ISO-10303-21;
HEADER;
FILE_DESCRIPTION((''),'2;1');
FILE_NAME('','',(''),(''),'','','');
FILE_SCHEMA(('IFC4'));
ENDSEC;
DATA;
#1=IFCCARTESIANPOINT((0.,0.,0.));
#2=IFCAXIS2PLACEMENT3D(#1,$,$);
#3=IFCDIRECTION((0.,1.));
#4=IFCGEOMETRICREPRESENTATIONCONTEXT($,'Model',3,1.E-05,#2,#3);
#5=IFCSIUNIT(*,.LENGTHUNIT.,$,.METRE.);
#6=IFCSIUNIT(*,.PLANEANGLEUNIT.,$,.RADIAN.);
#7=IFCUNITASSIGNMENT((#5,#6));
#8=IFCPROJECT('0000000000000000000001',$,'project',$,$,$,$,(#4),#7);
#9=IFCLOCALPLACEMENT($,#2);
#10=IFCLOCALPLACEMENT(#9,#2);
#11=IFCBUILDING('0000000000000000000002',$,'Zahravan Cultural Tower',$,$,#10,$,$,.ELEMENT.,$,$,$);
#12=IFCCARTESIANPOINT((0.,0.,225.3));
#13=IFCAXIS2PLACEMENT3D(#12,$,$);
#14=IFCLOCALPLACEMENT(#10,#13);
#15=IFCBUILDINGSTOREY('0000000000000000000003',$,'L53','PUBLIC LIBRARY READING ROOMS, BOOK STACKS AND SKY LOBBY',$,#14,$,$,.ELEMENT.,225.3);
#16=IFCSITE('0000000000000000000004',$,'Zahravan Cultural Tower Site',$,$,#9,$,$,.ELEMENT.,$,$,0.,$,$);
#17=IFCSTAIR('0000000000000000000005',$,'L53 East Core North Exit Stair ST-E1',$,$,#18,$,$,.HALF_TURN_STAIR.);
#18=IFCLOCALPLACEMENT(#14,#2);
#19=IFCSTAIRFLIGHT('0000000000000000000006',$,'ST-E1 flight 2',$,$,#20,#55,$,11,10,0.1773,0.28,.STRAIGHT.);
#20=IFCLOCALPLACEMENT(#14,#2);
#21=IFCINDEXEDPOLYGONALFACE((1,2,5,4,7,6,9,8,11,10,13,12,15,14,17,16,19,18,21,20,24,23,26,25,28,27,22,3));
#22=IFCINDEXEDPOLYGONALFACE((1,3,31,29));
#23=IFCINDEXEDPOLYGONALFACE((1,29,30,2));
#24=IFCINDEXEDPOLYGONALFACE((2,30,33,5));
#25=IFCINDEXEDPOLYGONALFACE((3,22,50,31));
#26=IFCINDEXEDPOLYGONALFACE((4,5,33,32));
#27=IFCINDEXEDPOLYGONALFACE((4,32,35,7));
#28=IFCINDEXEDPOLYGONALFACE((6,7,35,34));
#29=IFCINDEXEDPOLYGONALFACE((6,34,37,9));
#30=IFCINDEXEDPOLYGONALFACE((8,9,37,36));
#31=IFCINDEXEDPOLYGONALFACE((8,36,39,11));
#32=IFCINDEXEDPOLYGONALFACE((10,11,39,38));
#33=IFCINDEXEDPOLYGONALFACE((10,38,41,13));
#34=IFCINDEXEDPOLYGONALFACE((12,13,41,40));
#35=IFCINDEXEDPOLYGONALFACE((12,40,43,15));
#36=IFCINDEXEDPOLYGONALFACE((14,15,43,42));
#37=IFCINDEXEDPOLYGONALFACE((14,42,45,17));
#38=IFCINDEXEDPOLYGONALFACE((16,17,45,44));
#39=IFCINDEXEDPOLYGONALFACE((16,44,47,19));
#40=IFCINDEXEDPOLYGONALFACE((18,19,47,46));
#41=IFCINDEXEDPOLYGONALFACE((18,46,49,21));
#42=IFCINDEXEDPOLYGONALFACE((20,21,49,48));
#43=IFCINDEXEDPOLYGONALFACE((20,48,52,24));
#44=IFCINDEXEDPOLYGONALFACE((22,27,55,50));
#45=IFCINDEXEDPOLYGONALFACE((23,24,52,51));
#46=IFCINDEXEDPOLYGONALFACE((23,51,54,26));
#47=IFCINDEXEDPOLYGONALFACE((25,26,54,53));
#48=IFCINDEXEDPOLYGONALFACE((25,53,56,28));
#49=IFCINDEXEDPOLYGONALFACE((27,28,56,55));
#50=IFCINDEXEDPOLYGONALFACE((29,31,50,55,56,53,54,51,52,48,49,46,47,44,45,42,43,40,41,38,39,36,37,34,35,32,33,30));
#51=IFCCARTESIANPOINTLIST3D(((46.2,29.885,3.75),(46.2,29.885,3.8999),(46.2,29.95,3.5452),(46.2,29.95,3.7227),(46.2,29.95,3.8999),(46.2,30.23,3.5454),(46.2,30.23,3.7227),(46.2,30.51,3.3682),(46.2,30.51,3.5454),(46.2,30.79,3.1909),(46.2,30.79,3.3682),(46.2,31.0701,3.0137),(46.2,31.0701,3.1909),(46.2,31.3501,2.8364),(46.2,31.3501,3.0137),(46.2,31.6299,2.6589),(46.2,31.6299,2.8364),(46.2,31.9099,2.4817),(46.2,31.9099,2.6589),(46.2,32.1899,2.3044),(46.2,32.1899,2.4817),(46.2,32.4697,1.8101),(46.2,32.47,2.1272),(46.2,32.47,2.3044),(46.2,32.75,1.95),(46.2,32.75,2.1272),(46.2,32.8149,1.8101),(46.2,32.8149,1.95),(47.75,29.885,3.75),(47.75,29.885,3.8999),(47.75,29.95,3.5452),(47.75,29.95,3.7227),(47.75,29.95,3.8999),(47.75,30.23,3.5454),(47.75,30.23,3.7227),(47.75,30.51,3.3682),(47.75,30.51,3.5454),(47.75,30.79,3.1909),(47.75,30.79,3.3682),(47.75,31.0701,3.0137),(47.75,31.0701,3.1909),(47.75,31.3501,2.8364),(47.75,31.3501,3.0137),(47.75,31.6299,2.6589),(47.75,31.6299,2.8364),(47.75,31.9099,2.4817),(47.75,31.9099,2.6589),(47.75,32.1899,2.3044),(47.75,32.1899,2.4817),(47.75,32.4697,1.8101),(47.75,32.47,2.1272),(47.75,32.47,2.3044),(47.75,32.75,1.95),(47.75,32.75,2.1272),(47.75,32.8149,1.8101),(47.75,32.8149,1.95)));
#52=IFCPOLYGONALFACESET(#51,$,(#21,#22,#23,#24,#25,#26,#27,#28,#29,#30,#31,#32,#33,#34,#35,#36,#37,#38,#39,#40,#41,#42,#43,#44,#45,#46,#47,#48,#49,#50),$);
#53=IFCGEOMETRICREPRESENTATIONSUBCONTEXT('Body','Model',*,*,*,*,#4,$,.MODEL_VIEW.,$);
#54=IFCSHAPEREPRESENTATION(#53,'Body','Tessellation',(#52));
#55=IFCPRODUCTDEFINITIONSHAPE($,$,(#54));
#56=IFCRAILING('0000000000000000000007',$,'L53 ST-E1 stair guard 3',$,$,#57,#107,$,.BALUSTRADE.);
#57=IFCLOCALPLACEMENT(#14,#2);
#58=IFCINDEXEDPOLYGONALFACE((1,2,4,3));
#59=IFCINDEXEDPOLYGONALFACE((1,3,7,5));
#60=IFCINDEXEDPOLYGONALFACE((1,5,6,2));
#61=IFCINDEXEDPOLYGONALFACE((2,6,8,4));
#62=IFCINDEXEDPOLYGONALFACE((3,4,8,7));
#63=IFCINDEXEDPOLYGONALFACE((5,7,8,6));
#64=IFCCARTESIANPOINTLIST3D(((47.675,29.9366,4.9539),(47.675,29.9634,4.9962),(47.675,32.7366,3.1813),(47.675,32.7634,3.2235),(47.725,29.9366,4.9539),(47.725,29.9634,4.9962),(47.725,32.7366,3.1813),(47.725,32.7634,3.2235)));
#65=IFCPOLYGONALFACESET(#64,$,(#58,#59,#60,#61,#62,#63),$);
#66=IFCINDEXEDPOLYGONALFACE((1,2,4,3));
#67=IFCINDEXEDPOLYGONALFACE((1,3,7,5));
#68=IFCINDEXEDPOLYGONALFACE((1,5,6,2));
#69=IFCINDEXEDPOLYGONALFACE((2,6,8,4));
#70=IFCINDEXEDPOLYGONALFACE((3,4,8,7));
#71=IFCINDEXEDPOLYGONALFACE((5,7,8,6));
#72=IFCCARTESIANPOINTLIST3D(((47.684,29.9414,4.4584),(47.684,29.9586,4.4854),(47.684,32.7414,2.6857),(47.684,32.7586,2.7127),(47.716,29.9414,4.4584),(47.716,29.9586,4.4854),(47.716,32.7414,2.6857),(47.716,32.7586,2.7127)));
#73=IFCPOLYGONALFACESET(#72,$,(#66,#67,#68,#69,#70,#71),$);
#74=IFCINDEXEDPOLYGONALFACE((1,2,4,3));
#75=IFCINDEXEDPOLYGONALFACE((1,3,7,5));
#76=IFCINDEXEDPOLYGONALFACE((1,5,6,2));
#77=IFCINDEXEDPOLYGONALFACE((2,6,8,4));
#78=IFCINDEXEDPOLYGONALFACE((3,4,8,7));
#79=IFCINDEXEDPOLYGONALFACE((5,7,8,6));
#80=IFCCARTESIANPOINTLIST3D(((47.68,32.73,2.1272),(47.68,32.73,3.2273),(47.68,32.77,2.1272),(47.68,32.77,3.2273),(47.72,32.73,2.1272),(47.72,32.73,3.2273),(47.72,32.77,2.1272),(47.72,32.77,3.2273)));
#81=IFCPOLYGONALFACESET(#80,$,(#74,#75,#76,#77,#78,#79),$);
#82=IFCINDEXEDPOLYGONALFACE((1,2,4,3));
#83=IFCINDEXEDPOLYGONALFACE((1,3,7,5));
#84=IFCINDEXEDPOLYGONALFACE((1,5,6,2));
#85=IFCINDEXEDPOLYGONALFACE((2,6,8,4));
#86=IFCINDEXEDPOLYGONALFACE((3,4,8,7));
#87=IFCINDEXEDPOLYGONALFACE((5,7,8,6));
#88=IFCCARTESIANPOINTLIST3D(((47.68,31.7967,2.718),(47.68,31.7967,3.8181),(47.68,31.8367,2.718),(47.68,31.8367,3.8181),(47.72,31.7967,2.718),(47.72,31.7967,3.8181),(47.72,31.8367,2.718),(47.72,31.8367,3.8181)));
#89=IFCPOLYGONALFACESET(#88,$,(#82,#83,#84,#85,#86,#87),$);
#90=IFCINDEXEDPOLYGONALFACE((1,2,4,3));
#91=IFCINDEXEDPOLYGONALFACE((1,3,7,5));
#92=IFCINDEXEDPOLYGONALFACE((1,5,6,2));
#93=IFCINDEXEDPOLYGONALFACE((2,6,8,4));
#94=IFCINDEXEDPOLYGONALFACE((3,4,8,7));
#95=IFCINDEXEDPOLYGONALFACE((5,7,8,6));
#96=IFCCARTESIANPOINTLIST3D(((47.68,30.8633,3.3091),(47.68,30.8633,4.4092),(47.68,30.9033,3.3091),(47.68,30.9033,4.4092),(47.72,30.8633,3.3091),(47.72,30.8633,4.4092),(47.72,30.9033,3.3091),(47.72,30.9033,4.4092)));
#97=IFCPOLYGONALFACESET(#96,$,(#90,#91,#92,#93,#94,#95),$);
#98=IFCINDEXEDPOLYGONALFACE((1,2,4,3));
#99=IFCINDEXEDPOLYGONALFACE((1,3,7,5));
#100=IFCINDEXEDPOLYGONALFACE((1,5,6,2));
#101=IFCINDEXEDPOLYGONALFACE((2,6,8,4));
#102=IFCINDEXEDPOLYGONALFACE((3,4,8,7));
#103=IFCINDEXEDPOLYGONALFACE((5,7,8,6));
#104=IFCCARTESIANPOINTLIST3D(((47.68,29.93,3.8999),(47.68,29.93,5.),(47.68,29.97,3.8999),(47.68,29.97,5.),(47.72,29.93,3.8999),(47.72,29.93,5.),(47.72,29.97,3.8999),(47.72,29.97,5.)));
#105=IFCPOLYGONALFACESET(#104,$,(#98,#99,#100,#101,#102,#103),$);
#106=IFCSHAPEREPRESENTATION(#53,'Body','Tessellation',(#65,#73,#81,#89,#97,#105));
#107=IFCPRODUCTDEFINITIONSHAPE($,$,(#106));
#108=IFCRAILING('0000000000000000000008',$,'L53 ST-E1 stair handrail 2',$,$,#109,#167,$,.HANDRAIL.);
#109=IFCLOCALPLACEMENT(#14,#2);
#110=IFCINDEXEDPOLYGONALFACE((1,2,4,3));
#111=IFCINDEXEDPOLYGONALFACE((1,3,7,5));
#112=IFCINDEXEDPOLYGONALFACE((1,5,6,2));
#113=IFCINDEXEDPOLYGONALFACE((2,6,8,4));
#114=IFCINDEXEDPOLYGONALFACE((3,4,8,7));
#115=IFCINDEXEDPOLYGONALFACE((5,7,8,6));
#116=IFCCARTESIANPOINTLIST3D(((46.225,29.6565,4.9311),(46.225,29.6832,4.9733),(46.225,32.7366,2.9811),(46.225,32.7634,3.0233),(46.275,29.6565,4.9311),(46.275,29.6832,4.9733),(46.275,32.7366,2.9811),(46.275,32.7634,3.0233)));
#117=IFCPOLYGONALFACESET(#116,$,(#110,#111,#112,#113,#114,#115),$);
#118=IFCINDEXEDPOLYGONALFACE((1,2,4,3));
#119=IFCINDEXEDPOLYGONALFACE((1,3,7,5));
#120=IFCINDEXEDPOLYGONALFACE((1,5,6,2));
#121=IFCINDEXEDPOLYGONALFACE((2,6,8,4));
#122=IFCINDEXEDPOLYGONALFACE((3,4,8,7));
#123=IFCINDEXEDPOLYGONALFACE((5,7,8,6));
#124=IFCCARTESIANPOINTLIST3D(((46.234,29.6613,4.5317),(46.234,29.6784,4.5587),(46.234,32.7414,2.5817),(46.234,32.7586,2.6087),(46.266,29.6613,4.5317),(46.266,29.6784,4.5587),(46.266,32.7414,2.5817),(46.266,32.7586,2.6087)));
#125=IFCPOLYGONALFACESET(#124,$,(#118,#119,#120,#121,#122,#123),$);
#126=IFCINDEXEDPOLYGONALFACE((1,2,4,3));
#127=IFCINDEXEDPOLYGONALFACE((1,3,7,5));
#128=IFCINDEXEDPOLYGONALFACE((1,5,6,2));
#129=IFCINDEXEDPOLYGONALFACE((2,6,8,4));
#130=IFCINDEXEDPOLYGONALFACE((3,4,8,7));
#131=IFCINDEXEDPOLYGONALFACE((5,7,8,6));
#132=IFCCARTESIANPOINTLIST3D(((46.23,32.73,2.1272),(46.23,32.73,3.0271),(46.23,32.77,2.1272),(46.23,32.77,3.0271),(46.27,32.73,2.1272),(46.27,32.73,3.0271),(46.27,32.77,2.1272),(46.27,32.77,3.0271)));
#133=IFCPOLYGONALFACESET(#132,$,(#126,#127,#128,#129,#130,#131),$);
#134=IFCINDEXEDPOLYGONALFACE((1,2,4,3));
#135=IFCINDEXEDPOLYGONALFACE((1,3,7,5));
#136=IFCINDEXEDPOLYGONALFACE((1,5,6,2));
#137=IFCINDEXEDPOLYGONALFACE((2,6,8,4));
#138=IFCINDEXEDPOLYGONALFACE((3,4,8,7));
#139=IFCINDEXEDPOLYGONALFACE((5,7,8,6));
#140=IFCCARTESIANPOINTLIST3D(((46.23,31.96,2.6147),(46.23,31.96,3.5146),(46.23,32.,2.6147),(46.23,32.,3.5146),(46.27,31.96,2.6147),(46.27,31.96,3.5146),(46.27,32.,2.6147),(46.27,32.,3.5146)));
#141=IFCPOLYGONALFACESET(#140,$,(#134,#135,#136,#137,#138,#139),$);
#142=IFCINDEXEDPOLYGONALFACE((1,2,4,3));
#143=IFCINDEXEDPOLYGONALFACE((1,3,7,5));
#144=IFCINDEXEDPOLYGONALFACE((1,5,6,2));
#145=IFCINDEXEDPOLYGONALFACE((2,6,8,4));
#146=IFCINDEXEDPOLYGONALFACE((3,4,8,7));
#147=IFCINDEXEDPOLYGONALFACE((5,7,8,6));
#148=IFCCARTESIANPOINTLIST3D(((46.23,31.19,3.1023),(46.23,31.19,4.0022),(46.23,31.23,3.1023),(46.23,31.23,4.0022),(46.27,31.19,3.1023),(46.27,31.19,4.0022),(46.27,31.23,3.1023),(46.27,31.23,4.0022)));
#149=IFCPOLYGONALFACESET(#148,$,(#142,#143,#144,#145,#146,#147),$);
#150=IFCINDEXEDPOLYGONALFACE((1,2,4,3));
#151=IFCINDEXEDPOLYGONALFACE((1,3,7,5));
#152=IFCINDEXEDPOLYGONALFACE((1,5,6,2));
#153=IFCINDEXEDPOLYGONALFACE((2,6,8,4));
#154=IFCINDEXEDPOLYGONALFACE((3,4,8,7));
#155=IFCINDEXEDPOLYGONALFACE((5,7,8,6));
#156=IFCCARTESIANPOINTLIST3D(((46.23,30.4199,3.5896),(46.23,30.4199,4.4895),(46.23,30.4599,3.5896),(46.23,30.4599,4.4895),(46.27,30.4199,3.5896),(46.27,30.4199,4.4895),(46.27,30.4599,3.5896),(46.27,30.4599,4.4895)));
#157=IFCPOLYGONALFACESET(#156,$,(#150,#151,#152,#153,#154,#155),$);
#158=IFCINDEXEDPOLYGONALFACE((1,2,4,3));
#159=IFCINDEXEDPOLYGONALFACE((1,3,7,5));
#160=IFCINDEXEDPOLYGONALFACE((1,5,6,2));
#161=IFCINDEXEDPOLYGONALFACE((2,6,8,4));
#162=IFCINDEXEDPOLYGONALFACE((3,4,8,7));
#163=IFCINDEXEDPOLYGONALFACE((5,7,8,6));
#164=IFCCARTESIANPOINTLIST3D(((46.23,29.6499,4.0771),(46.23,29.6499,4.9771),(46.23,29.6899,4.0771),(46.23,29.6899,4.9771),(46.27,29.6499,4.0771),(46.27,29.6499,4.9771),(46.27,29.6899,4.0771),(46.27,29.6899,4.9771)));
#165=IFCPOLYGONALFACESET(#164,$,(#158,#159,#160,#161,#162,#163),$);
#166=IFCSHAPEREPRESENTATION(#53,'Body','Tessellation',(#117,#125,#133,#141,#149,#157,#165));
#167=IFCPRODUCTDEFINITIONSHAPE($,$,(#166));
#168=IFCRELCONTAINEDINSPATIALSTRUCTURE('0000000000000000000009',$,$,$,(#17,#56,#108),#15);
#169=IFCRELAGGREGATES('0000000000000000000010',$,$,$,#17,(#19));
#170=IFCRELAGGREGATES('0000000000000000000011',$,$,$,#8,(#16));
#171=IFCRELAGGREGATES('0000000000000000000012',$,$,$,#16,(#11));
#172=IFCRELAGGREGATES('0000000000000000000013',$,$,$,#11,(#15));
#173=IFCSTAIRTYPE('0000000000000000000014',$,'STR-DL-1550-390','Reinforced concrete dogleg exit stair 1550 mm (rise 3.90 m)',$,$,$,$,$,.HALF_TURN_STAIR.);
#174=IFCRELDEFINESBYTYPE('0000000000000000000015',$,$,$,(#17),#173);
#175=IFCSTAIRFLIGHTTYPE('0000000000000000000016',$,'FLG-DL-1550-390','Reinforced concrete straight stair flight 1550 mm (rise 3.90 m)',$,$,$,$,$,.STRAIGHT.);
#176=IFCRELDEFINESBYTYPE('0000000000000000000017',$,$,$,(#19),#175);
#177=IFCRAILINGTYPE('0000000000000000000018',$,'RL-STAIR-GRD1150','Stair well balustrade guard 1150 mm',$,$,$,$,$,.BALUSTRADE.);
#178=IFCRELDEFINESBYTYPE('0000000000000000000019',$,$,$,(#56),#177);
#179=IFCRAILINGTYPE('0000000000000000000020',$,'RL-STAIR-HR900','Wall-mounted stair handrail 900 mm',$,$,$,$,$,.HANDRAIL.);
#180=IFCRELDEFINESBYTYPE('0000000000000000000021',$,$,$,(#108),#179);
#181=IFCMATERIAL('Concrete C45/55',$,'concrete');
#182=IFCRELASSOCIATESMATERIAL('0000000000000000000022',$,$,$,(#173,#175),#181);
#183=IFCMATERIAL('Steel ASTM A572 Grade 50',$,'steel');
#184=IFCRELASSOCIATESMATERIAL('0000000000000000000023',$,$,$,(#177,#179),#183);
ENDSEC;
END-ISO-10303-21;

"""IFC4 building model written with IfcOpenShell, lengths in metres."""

from ifc_helpers import new_model, si_unit, direction, frame, origin, origin_2d, place, context, subcontext, project, spatial, polyline, rectangle, outline, extrude, material, type_object, element, aggregate, save


model = new_model("IFC4")

# Units and contexts
model_context = context("Model", 3, precision=1e-05, world=origin(), true_north=direction((0.0, 1.0)))
body_context = subcontext(model_context, "Body", "Model", "MODEL_VIEW")
ifc_project = project(units=[si_unit("LENGTHUNIT", "METRE"), si_unit("PLANEANGLEUNIT", "RADIAN")], contexts=[model_context])

# Site, building, storey
site_placement = place(None, origin())
site = spatial("IfcSite", under=ifc_project, at=site_placement, Name="Zahravan Cultural Tower Site", CompositionType="ELEMENT", RefElevation=0.0)
building_placement = place(site_placement, origin())
building = spatial("IfcBuilding", under=site, at=building_placement, Name="Zahravan Cultural Tower", CompositionType="ELEMENT")
storey_placement = place(building_placement, frame((0.0, 0.0, 225.3)))
storey = spatial("IfcBuildingStorey", under=building, at=storey_placement, Name="L53", Description="PUBLIC LIBRARY READING ROOMS, BOOK STACKS AND SKY LOBBY", CompositionType="ELEMENT", Elevation=225.3)

# Shared definitions
ifc_material_1 = material(Name="Steel ASTM A572 Grade 50", Category="steel")
ifc_material_2 = material(Name="Concrete C45/55", Category="concrete")

# Stair, stair flight
stair_type = type_object("IfcStairType", Name="STR-DL-1550-390", Description="Reinforced concrete dogleg exit stair 1550 mm (rise 3.90 m)", PredefinedType="HALF_TURN_STAIR", material=ifc_material_2)
stair_placement = place(storey_placement, origin())
stair = element("IfcStair", 1, at=stair_placement, inside=storey, type_object=stair_type, Name="L53 East Core North Exit Stair ST-E1", PredefinedType="HALF_TURN_STAIR")
stair_flight_type = type_object("IfcStairFlightType", Name="FLG-DL-1550-390", Description="Reinforced concrete straight stair flight 1550 mm (rise 3.90 m)", PredefinedType="STRAIGHT", material=ifc_material_2)
stair_flight_placement = place(storey_placement, frame((46.9751, 32.75, 1.95), z_axis=(0.0, 0.0, 1.0), x_axis=(0.0, -1.0, 0.0)))
stair_flight = element("IfcStairFlight", 2, at=stair_flight_placement, type_object=stair_flight_type, Name="ST-E1 flight 2", NumberOfRisers=11, NumberOfTreads=10, PredefinedType="STRAIGHT", RiserHeight=0.1773, TreadLength=0.28, context=body_context, shape_type="SweptSolid", body=[
    extrude(outline(polyline([(-0.0649, -0.1399), (-0.0649, 0.0), (0.0, 0.0), (0.0, 0.1772), (0.28, 0.1772), (0.28, 0.3545), (0.5601, 0.3545), (0.5601, 0.5317), (0.8401, 0.5317), (0.8401, 0.709), (1.1201, 0.709), (1.1201, 0.8865), (1.3999, 0.8865), (1.3999, 1.0637), (1.6799, 1.0637), (1.6799, 1.241), (1.96, 1.241), (1.96, 1.4182), (2.24, 1.4182), (2.24, 1.5955), (2.52, 1.5955), (2.52, 1.7727), (2.8, 1.7727), (2.8, 1.95), (2.865, 1.95), (2.865, 1.8), (2.8, 1.5952), (0.2803, -0.1399), (-0.0649, -0.1399)])), frame((0.0, 0.7749, 0.0), z_axis=(0.0, -1.0, 0.0), x_axis=(1.0, 0.0, 0.0)), (0.0, 0.0, 1.0), 1.55),
])
aggregate(stair, [stair_flight])

# Railings
railing_type_1 = type_object("IfcRailingType", Name="RL-STAIR-GRD1150", Description="Stair well balustrade guard 1150 mm", PredefinedType="BALUSTRADE", material=ifc_material_1)
railing_1_placement = place(storey_placement, frame((47.7, 32.75, 2.1272)))
element("IfcRailing", 3, at=railing_1_placement, inside=storey, type_object=railing_type_1, Name="L53 ST-E1 stair guard 3", PredefinedType="BALUSTRADE", context=body_context, shape_type="SweptSolid", body=[
    extrude(rectangle(XDim=0.05, YDim=0.05, at=origin_2d()), frame((0.0, 0.0, 1.0752), z_axis=(0.0, -0.844909, 0.53491), x_axis=(1.0, 0.0, 0.0)), (0.0, 0.0, 1.0), 3.314),
    extrude(rectangle(XDim=0.032, YDim=0.032, at=origin_2d()), frame((0.0, 0.0, 0.572), z_axis=(0.0, -0.844909, 0.53491), x_axis=(1.0, 0.0, 0.0)), (0.0, 0.0, 1.0), 3.314),
    extrude(rectangle(XDim=0.04, YDim=0.04, at=origin_2d()), origin(), (0.0, 0.0, 1.0), 1.1001),
    extrude(rectangle(XDim=0.04, YDim=0.04, at=origin_2d()), frame((0.0, -0.9333, 0.5908)), (0.0, 0.0, 1.0), 1.1001),
    extrude(rectangle(XDim=0.04, YDim=0.04, at=origin_2d()), frame((0.0, -1.8667, 1.1819)), (0.0, 0.0, 1.0), 1.1001),
    extrude(rectangle(XDim=0.04, YDim=0.04, at=origin_2d()), frame((0.0, -2.8, 1.7727)), (0.0, 0.0, 1.0), 1.1001),
])
railing_type_2 = type_object("IfcRailingType", Name="RL-STAIR-HR900", Description="Wall-mounted stair handrail 900 mm", PredefinedType="HANDRAIL", material=ifc_material_1)
railing_2_placement = place(storey_placement, frame((46.25, 32.75, 2.1272)))
element("IfcRailing", 4, at=railing_2_placement, inside=storey, type_object=railing_type_2, Name="L53 ST-E1 stair handrail 2", PredefinedType="HANDRAIL", context=body_context, shape_type="SweptSolid", body=[
    extrude(rectangle(XDim=0.05, YDim=0.05, at=origin_2d()), frame((0.0, 0.0, 0.875), z_axis=(0.0, -0.844914, 0.534902), x_axis=(1.0, 0.0, 0.0)), (0.0, 0.0, 1.0), 3.6455),
    extrude(rectangle(XDim=0.032, YDim=0.032, at=origin_2d()), frame((0.0, 0.0, 0.468), z_axis=(0.0, -0.844914, 0.534902), x_axis=(1.0, 0.0, 0.0)), (0.0, 0.0, 1.0), 3.6455),
    extrude(rectangle(XDim=0.04, YDim=0.04, at=origin_2d()), origin(), (0.0, 0.0, 1.0), 0.8999),
    extrude(rectangle(XDim=0.04, YDim=0.04, at=origin_2d()), frame((0.0, -0.77, 0.4875)), (0.0, 0.0, 1.0), 0.8999),
    extrude(rectangle(XDim=0.04, YDim=0.04, at=origin_2d()), frame((0.0, -1.54, 0.9751)), (0.0, 0.0, 1.0), 0.8999),
    extrude(rectangle(XDim=0.04, YDim=0.04, at=origin_2d()), frame((0.0, -2.3101, 1.4624)), (0.0, 0.0, 1.0), 0.8999),
    extrude(rectangle(XDim=0.04, YDim=0.04, at=origin_2d()), frame((0.0, -3.0801, 1.95)), (0.0, 0.0, 1.0), 0.8999),
])

save(model, "model.ifc")
